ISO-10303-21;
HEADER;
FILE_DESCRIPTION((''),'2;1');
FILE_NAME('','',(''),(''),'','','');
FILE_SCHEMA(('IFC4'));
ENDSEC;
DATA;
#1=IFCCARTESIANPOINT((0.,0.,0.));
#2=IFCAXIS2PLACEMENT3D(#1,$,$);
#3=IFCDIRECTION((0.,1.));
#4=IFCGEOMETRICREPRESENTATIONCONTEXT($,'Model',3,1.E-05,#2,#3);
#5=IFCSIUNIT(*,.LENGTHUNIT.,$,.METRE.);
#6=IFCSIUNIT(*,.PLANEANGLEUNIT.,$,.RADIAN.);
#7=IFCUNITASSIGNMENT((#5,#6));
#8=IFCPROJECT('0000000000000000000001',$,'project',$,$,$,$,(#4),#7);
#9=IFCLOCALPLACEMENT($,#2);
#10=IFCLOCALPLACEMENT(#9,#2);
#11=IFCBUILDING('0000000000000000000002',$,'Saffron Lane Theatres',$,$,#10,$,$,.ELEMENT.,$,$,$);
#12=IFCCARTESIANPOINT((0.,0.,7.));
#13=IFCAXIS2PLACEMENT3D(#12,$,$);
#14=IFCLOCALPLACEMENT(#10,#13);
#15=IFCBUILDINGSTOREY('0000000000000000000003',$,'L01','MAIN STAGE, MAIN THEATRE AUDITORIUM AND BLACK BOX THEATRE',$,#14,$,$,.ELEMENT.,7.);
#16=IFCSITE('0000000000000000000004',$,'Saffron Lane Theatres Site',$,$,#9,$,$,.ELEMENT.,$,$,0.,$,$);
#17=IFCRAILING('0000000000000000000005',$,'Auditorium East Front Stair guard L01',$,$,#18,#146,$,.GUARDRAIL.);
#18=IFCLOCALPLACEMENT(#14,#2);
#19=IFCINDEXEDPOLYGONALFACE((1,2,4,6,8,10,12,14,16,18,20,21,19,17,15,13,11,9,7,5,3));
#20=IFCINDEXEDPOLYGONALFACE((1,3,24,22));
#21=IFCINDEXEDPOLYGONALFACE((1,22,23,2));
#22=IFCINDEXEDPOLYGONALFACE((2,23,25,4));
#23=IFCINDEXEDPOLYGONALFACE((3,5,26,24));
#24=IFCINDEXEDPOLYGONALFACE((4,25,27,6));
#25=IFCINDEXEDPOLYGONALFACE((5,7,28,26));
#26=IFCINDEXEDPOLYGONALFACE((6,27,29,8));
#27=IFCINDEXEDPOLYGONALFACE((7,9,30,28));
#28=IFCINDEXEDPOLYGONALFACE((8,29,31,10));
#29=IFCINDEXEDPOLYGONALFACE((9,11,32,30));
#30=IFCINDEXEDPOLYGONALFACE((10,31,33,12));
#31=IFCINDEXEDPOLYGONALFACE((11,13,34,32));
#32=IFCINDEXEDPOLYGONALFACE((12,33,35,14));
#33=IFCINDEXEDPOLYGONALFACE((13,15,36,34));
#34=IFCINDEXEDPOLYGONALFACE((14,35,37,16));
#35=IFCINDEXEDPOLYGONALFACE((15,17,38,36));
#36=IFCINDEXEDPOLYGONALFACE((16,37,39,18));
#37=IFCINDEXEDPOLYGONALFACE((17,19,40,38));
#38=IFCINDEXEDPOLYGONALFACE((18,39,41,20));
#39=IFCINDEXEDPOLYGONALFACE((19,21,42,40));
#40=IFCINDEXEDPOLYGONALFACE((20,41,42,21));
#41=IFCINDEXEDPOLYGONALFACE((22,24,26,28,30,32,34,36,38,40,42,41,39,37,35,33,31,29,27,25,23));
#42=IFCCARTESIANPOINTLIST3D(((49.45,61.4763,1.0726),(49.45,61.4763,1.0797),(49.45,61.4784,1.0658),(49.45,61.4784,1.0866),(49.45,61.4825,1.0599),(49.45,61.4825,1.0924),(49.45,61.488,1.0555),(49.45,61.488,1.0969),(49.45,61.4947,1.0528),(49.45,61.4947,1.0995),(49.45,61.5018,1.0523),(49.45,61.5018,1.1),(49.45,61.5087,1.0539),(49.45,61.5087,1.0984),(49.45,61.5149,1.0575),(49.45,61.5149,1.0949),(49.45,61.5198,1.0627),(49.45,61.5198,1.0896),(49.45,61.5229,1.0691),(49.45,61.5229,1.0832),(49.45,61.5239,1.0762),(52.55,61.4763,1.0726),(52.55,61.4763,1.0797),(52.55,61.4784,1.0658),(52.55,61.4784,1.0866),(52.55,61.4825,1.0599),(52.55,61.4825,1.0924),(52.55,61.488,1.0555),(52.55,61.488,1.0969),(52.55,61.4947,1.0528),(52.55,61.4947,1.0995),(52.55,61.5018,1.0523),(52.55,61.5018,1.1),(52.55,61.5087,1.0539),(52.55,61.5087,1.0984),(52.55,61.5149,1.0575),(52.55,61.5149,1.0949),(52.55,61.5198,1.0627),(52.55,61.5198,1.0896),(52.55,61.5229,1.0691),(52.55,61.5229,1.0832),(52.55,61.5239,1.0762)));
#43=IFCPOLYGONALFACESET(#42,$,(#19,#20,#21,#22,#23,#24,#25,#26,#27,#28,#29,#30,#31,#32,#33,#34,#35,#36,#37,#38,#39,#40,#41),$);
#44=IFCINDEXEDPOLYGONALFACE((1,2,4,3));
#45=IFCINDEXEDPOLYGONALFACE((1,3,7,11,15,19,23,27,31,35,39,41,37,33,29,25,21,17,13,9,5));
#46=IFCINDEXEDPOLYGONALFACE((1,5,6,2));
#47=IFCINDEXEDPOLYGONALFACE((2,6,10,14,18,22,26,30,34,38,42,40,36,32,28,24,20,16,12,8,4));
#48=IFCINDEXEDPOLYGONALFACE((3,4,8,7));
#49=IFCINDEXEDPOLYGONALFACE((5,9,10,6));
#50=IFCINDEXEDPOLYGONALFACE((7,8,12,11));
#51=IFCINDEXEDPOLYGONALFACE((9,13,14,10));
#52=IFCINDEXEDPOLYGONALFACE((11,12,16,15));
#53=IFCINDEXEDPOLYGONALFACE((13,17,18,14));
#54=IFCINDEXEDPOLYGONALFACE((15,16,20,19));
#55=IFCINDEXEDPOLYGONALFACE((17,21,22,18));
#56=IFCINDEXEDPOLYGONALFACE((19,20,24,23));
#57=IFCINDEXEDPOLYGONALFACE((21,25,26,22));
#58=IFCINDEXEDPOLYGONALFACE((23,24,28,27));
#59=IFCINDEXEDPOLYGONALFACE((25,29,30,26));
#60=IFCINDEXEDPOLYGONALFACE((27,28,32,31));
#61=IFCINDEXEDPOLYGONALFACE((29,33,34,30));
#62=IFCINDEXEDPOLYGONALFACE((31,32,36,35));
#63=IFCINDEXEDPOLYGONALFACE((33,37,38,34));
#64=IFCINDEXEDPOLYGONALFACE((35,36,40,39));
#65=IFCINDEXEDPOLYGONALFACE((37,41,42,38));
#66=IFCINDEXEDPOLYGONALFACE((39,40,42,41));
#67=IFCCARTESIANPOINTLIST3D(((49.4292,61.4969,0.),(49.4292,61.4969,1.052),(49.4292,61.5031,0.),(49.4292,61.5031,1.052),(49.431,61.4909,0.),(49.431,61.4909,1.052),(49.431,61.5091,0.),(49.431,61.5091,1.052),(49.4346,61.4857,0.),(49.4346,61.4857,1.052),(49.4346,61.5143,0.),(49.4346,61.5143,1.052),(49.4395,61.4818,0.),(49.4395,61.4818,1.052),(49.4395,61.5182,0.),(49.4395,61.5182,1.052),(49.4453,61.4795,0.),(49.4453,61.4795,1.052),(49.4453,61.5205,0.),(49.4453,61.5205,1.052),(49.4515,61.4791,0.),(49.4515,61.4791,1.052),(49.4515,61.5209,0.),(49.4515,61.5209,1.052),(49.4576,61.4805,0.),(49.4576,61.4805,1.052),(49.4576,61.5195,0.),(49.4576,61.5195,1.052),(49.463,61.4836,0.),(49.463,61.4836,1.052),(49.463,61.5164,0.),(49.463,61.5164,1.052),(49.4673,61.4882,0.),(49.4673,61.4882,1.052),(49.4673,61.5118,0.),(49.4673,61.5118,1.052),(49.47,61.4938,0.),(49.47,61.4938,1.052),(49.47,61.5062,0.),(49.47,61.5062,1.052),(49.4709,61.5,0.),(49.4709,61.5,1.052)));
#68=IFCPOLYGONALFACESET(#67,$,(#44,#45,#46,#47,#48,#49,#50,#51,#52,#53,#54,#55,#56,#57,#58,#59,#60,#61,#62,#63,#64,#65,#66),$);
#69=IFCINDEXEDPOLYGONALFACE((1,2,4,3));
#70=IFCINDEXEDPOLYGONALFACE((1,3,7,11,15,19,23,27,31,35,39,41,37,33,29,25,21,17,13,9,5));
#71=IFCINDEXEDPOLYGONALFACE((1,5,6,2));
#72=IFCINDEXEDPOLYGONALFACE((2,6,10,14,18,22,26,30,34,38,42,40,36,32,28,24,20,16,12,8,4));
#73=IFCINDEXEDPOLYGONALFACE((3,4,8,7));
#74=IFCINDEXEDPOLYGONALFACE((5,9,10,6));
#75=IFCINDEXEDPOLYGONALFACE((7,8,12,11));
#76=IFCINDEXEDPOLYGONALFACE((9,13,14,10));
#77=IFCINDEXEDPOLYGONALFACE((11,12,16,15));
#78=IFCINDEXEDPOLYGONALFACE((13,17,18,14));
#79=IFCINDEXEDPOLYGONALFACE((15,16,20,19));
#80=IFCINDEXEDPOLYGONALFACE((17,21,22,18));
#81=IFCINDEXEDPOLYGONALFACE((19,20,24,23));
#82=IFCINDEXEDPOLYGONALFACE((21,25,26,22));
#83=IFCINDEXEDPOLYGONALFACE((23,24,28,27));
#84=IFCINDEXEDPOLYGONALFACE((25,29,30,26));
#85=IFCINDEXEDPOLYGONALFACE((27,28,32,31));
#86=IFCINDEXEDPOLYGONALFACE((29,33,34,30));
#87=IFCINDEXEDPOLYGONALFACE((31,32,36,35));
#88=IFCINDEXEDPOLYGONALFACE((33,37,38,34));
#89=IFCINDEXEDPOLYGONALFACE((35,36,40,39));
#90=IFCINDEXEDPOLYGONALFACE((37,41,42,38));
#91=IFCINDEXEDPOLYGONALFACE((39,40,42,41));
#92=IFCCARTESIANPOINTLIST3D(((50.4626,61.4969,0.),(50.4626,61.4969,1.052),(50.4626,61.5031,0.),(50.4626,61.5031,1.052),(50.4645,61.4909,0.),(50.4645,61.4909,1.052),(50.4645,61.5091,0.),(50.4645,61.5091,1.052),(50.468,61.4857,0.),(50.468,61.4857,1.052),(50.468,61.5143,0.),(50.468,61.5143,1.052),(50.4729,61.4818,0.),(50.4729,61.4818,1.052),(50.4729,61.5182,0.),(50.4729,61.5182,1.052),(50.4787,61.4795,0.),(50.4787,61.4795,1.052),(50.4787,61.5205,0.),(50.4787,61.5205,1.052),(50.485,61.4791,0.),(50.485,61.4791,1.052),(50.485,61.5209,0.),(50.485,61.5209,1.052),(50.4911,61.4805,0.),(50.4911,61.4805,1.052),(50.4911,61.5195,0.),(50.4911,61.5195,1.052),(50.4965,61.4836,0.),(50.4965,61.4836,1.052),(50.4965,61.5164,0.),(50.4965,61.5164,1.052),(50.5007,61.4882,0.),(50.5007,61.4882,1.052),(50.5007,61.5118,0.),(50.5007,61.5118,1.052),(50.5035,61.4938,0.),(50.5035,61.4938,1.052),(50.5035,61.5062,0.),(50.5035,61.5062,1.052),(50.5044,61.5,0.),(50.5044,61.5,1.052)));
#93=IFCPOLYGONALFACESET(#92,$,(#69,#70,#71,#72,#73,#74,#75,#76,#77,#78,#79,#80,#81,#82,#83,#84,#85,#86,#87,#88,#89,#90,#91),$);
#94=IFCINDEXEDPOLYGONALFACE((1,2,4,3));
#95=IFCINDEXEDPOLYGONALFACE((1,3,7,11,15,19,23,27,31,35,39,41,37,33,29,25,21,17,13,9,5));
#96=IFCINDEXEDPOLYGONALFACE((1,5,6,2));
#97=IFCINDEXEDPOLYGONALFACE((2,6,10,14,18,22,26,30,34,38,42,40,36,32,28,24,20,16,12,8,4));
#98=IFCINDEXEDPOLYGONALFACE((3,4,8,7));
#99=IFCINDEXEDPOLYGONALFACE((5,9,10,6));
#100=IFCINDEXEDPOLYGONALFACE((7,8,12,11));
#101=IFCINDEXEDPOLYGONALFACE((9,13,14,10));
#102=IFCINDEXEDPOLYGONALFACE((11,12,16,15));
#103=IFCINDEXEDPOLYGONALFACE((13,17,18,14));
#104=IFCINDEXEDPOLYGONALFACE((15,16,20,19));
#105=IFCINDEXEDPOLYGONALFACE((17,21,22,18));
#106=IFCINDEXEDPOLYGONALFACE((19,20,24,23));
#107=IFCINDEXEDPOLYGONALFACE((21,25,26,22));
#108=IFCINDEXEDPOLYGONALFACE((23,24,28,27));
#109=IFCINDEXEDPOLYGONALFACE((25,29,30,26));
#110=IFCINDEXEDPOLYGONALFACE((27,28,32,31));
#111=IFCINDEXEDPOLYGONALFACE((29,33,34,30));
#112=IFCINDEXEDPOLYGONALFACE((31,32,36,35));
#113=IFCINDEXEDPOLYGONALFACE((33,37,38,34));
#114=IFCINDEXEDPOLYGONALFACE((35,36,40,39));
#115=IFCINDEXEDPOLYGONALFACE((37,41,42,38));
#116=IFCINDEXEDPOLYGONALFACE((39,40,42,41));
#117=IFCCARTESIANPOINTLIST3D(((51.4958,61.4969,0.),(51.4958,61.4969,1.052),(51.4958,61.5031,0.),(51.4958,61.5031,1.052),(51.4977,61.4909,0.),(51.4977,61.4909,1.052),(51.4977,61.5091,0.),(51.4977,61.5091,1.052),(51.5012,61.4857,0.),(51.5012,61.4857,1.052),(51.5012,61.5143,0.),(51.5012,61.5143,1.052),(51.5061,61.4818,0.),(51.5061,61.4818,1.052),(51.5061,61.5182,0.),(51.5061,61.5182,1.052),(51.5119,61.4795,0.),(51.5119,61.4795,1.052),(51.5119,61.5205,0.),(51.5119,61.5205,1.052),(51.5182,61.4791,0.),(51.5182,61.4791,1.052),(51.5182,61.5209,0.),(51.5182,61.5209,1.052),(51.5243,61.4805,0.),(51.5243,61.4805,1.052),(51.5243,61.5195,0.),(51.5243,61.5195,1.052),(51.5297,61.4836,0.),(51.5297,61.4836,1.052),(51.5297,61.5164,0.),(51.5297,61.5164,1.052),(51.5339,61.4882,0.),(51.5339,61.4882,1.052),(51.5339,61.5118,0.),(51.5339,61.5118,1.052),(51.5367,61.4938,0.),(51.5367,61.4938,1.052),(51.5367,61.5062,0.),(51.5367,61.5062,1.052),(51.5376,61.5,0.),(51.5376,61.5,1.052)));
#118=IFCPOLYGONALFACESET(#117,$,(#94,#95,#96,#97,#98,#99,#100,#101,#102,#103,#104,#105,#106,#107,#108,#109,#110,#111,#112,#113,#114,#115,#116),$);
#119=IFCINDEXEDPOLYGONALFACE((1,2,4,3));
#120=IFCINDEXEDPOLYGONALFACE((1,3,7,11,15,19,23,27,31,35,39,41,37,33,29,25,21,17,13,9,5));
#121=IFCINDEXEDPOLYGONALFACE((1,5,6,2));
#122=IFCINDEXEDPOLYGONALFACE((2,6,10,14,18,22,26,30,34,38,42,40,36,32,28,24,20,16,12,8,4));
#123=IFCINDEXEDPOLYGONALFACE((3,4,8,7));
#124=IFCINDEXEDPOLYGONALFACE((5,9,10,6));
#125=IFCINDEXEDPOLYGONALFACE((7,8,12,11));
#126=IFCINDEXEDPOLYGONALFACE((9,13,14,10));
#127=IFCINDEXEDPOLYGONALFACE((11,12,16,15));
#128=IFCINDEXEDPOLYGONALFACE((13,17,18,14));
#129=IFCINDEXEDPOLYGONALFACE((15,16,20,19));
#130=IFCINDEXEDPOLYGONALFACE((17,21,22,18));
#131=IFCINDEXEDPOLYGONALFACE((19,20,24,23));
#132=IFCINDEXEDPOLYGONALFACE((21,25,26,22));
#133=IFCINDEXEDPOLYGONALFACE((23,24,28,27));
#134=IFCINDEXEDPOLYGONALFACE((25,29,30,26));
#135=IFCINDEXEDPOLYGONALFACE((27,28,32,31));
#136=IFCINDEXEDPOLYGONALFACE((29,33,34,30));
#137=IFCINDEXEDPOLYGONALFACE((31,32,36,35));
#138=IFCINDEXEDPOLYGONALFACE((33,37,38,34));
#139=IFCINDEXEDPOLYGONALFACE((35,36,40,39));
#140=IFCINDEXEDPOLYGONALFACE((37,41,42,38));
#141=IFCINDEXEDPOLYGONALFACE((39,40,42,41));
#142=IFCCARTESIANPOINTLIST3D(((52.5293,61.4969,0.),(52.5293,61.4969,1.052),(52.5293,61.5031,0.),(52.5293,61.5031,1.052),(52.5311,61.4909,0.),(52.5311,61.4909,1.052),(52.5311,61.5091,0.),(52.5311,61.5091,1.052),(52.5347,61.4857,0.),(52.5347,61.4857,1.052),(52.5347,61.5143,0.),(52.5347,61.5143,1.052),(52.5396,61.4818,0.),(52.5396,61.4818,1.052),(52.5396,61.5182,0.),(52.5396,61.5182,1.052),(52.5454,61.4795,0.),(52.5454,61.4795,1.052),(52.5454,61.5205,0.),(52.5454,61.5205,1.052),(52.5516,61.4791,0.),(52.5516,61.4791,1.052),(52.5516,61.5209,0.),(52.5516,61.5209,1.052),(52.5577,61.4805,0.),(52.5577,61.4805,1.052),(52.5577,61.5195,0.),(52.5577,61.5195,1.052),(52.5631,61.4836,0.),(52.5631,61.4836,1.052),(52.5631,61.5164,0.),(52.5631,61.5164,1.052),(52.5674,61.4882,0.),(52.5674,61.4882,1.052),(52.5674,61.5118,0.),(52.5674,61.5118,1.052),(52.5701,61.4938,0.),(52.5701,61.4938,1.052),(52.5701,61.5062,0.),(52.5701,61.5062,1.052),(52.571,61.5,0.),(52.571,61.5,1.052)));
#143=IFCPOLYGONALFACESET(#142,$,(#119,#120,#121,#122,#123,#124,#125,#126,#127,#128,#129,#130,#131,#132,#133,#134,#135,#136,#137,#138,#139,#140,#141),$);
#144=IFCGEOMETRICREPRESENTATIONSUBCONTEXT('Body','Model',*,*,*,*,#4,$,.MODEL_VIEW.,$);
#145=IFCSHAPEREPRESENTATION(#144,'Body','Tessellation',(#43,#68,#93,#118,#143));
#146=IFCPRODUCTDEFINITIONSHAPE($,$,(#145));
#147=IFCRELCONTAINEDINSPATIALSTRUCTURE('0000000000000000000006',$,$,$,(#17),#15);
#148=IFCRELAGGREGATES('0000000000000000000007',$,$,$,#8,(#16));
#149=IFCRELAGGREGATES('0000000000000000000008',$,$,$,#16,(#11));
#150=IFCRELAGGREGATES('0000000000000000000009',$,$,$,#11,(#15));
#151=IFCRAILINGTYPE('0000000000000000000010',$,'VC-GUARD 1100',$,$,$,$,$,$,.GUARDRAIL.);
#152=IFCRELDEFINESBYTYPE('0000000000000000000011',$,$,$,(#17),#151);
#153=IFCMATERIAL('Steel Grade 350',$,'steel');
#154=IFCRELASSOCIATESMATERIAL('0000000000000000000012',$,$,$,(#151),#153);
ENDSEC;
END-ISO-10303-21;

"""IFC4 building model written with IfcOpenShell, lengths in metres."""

from ifc_helpers import new_model, si_unit, direction, frame, origin, origin_2d, place, context, subcontext, project, spatial, circle, extrude, material, type_object, element, save


model = new_model("IFC4")

# Units and contexts
model_context = context("Model", 3, precision=1e-05, world=origin(), true_north=direction((0.0, 1.0)))
body_context = subcontext(model_context, "Body", "Model", "MODEL_VIEW")
ifc_project = project(units=[si_unit("LENGTHUNIT", "METRE"), si_unit("PLANEANGLEUNIT", "RADIAN")], contexts=[model_context])

# Site, building, storey
site_placement = place(None, origin())
site = spatial("IfcSite", under=ifc_project, at=site_placement, Name="Saffron Lane Theatres Site", CompositionType="ELEMENT", RefElevation=0.0)
building_placement = place(site_placement, origin())
building = spatial("IfcBuilding", under=site, at=building_placement, Name="Saffron Lane Theatres", CompositionType="ELEMENT")
storey_placement = place(building_placement, frame((0.0, 0.0, 7.0)))
storey = spatial("IfcBuildingStorey", under=building, at=storey_placement, Name="L01", Description="MAIN STAGE, MAIN THEATRE AUDITORIUM AND BLACK BOX THEATRE", CompositionType="ELEMENT", Elevation=7.0)

# Railing
ifc_material_1 = material(Name="Steel Grade 350", Category="steel")
railing_type_1 = type_object("IfcRailingType", Name="VC-GUARD 1100", PredefinedType="GUARDRAIL", material=ifc_material_1)
railing_1_placement = place(storey_placement, frame((49.45, 61.5, 0.0)))
element("IfcRailing", 1, at=railing_1_placement, inside=storey, type_object=railing_type_1, Name="Auditorium East Front Stair guard L01", PredefinedType="GUARDRAIL", context=body_context, shape_type="SweptSolid", body=[
    extrude(circle(Radius=0.0239, at=origin_2d()), frame((0.0, 0.0, 1.0762), z_axis=(1.0, 0.0, 0.0), x_axis=(0.0, 1.0, 0.0)), (0.0, 0.0, 1.0), 3.1001),
    extrude(circle(Radius=0.021, at=origin_2d()), origin(), (0.0, 0.0, 1.0), 1.052),
    extrude(circle(Radius=0.021, at=origin_2d()), frame((1.0334, 0.0, 0.0)), (0.0, 0.0, 1.0), 1.052),
    extrude(circle(Radius=0.021, at=origin_2d()), frame((2.0667, 0.0, 0.0)), (0.0, 0.0, 1.0), 1.052),
    extrude(circle(Radius=0.021, at=origin_2d()), frame((3.1001, 0.0, 0.0)), (0.0, 0.0, 1.0), 1.052),
])

save(model, "model.ifc")
